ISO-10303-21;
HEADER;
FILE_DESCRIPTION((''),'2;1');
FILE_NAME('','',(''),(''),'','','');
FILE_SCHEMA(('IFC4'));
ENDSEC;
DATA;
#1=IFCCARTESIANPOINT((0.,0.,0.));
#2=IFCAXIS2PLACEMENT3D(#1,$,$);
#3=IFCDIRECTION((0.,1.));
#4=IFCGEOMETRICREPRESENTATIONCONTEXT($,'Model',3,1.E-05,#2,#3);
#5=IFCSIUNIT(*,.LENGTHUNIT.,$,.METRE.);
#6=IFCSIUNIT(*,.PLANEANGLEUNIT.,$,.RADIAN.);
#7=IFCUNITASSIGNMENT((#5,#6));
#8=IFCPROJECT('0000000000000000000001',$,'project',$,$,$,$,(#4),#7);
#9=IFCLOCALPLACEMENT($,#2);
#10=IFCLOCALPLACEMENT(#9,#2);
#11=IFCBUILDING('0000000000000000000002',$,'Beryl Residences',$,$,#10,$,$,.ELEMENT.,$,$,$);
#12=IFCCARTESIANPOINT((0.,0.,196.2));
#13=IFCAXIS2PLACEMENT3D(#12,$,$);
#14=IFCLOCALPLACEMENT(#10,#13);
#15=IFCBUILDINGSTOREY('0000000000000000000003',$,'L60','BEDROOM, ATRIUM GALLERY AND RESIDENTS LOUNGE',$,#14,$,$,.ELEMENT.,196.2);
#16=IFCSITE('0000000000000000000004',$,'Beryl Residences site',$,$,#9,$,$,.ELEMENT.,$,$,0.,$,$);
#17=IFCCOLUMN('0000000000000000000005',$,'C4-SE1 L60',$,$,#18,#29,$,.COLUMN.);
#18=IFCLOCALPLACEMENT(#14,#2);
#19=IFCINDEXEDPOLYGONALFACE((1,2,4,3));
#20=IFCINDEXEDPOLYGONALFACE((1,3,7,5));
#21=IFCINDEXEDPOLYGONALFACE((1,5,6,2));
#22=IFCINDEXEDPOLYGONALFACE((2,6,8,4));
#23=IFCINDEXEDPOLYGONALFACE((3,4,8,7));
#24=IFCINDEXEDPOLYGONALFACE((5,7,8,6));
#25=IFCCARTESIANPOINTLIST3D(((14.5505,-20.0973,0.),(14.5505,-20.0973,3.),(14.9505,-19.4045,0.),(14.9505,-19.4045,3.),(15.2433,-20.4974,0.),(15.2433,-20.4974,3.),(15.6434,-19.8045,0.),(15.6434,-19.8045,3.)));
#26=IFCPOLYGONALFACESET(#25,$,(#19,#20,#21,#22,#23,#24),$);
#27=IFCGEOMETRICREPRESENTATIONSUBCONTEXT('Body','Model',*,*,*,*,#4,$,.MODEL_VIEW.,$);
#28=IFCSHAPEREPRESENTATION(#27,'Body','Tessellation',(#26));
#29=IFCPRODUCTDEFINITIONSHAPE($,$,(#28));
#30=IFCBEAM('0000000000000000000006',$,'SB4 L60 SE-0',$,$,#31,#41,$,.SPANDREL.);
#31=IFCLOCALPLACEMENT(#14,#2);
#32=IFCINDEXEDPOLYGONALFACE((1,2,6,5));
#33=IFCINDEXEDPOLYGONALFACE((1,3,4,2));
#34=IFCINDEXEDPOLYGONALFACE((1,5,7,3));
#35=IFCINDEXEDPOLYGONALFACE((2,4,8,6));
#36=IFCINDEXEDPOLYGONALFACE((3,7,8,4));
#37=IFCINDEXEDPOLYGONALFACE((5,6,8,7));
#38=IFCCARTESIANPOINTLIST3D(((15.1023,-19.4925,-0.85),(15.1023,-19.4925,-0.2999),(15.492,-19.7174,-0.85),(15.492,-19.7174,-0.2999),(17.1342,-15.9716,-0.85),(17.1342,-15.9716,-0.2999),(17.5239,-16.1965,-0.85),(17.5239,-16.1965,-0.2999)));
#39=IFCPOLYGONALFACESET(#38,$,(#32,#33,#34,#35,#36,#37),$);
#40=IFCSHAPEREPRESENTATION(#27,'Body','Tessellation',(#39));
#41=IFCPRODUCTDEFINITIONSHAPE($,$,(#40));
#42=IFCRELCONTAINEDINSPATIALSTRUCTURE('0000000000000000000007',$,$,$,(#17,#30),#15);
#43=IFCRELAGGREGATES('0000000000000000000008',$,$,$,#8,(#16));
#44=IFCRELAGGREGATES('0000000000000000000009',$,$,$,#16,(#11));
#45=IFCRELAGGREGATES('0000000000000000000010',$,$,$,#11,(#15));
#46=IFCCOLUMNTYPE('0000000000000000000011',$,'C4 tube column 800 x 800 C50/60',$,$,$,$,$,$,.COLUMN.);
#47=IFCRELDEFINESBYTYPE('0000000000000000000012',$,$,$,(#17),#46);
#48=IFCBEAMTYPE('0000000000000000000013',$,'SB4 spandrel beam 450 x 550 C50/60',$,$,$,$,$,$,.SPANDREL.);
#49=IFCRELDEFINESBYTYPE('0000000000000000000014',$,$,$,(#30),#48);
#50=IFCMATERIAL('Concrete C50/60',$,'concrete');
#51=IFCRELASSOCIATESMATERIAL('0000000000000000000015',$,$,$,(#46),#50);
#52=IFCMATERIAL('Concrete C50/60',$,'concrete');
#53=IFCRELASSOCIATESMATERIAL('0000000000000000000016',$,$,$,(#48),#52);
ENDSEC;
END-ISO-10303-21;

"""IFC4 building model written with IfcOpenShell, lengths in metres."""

from ifc_helpers import new_model, si_unit, direction, frame, origin, origin_2d, place, context, subcontext, project, spatial, rectangle, extrude, material, material_profile, profile_set, type_object, element, save


model = new_model("IFC4")

# Units and contexts
model_context = context("Model", 3, precision=1e-05, world=origin(), true_north=direction((0.0, 1.0)))
body_context = subcontext(model_context, "Body", "Model", "MODEL_VIEW")
ifc_project = project(units=[si_unit("LENGTHUNIT", "METRE"), si_unit("PLANEANGLEUNIT", "RADIAN")], contexts=[model_context])

# Site, building, storey
site_placement = place(None, origin())
site = spatial("IfcSite", under=ifc_project, at=site_placement, Name="Beryl Residences site", CompositionType="ELEMENT", RefElevation=0.0)
building_placement = place(site_placement, origin())
building = spatial("IfcBuilding", under=site, at=building_placement, Name="Beryl Residences", CompositionType="ELEMENT")
storey_placement = place(building_placement, frame((0.0, 0.0, 196.2)))
storey = spatial("IfcBuildingStorey", under=building, at=storey_placement, Name="L60", Description="BEDROOM, ATRIUM GALLERY AND RESIDENTS LOUNGE", CompositionType="ELEMENT", Elevation=196.2)

# Column
ifc_material_1 = material(Name="Concrete C50/60", Category="concrete")
ifc_material_profile_1 = material_profile(ifc_material_1, rectangle(XDim=0.8, YDim=0.8, at=origin_2d()))
ifc_profile_set_1 = profile_set([ifc_material_profile_1], Name="Concrete C50/60")
column_type = type_object("IfcColumnType", Name="C4 tube column 800 x 800 C50/60", PredefinedType="COLUMN", material=ifc_profile_set_1)
column_placement = place(storey_placement, frame((15.0969, -19.9509, 0.0), z_axis=(0.0, 0.0, 1.0), x_axis=(0.5, 0.866025, 0.0)))
element("IfcColumn", 1, at=column_placement, inside=storey, type_object=column_type, Name="C4-SE1 L60", PredefinedType="COLUMN", context=body_context, shape_type="SweptSolid", body=[
    extrude(rectangle(XDim=0.8, YDim=0.8, at=origin_2d()), origin(), (0.0, 0.0, 1.0), 3.0),
])

# Beam
ifc_material_2 = material(Name="Concrete C50/60", Category="concrete")
ifc_material_profile_2 = material_profile(ifc_material_2, rectangle(XDim=0.45, YDim=0.55, at=origin_2d()))
ifc_profile_set_2 = profile_set([ifc_material_profile_2], Name="Concrete C50/60")
beam_type = type_object("IfcBeamType", Name="SB4 spandrel beam 450 x 550 C50/60", PredefinedType="SPANDREL", material=ifc_profile_set_2)
beam_placement = place(storey_placement, frame((15.2971, -19.605, -0.575), z_axis=(0.49984, 0.866118, 0.0), x_axis=(-0.866118, 0.49984, 0.0)))
element("IfcBeam", 2, at=beam_placement, inside=storey, type_object=beam_type, Name="SB4 L60 SE-0", PredefinedType="SPANDREL", context=body_context, shape_type="SweptSolid", body=[
    extrude(rectangle(XDim=0.45, YDim=0.55, at=origin_2d()), origin(), (0.0, 0.0, 1.0), 4.0652),
])

save(model, "model.ifc")
